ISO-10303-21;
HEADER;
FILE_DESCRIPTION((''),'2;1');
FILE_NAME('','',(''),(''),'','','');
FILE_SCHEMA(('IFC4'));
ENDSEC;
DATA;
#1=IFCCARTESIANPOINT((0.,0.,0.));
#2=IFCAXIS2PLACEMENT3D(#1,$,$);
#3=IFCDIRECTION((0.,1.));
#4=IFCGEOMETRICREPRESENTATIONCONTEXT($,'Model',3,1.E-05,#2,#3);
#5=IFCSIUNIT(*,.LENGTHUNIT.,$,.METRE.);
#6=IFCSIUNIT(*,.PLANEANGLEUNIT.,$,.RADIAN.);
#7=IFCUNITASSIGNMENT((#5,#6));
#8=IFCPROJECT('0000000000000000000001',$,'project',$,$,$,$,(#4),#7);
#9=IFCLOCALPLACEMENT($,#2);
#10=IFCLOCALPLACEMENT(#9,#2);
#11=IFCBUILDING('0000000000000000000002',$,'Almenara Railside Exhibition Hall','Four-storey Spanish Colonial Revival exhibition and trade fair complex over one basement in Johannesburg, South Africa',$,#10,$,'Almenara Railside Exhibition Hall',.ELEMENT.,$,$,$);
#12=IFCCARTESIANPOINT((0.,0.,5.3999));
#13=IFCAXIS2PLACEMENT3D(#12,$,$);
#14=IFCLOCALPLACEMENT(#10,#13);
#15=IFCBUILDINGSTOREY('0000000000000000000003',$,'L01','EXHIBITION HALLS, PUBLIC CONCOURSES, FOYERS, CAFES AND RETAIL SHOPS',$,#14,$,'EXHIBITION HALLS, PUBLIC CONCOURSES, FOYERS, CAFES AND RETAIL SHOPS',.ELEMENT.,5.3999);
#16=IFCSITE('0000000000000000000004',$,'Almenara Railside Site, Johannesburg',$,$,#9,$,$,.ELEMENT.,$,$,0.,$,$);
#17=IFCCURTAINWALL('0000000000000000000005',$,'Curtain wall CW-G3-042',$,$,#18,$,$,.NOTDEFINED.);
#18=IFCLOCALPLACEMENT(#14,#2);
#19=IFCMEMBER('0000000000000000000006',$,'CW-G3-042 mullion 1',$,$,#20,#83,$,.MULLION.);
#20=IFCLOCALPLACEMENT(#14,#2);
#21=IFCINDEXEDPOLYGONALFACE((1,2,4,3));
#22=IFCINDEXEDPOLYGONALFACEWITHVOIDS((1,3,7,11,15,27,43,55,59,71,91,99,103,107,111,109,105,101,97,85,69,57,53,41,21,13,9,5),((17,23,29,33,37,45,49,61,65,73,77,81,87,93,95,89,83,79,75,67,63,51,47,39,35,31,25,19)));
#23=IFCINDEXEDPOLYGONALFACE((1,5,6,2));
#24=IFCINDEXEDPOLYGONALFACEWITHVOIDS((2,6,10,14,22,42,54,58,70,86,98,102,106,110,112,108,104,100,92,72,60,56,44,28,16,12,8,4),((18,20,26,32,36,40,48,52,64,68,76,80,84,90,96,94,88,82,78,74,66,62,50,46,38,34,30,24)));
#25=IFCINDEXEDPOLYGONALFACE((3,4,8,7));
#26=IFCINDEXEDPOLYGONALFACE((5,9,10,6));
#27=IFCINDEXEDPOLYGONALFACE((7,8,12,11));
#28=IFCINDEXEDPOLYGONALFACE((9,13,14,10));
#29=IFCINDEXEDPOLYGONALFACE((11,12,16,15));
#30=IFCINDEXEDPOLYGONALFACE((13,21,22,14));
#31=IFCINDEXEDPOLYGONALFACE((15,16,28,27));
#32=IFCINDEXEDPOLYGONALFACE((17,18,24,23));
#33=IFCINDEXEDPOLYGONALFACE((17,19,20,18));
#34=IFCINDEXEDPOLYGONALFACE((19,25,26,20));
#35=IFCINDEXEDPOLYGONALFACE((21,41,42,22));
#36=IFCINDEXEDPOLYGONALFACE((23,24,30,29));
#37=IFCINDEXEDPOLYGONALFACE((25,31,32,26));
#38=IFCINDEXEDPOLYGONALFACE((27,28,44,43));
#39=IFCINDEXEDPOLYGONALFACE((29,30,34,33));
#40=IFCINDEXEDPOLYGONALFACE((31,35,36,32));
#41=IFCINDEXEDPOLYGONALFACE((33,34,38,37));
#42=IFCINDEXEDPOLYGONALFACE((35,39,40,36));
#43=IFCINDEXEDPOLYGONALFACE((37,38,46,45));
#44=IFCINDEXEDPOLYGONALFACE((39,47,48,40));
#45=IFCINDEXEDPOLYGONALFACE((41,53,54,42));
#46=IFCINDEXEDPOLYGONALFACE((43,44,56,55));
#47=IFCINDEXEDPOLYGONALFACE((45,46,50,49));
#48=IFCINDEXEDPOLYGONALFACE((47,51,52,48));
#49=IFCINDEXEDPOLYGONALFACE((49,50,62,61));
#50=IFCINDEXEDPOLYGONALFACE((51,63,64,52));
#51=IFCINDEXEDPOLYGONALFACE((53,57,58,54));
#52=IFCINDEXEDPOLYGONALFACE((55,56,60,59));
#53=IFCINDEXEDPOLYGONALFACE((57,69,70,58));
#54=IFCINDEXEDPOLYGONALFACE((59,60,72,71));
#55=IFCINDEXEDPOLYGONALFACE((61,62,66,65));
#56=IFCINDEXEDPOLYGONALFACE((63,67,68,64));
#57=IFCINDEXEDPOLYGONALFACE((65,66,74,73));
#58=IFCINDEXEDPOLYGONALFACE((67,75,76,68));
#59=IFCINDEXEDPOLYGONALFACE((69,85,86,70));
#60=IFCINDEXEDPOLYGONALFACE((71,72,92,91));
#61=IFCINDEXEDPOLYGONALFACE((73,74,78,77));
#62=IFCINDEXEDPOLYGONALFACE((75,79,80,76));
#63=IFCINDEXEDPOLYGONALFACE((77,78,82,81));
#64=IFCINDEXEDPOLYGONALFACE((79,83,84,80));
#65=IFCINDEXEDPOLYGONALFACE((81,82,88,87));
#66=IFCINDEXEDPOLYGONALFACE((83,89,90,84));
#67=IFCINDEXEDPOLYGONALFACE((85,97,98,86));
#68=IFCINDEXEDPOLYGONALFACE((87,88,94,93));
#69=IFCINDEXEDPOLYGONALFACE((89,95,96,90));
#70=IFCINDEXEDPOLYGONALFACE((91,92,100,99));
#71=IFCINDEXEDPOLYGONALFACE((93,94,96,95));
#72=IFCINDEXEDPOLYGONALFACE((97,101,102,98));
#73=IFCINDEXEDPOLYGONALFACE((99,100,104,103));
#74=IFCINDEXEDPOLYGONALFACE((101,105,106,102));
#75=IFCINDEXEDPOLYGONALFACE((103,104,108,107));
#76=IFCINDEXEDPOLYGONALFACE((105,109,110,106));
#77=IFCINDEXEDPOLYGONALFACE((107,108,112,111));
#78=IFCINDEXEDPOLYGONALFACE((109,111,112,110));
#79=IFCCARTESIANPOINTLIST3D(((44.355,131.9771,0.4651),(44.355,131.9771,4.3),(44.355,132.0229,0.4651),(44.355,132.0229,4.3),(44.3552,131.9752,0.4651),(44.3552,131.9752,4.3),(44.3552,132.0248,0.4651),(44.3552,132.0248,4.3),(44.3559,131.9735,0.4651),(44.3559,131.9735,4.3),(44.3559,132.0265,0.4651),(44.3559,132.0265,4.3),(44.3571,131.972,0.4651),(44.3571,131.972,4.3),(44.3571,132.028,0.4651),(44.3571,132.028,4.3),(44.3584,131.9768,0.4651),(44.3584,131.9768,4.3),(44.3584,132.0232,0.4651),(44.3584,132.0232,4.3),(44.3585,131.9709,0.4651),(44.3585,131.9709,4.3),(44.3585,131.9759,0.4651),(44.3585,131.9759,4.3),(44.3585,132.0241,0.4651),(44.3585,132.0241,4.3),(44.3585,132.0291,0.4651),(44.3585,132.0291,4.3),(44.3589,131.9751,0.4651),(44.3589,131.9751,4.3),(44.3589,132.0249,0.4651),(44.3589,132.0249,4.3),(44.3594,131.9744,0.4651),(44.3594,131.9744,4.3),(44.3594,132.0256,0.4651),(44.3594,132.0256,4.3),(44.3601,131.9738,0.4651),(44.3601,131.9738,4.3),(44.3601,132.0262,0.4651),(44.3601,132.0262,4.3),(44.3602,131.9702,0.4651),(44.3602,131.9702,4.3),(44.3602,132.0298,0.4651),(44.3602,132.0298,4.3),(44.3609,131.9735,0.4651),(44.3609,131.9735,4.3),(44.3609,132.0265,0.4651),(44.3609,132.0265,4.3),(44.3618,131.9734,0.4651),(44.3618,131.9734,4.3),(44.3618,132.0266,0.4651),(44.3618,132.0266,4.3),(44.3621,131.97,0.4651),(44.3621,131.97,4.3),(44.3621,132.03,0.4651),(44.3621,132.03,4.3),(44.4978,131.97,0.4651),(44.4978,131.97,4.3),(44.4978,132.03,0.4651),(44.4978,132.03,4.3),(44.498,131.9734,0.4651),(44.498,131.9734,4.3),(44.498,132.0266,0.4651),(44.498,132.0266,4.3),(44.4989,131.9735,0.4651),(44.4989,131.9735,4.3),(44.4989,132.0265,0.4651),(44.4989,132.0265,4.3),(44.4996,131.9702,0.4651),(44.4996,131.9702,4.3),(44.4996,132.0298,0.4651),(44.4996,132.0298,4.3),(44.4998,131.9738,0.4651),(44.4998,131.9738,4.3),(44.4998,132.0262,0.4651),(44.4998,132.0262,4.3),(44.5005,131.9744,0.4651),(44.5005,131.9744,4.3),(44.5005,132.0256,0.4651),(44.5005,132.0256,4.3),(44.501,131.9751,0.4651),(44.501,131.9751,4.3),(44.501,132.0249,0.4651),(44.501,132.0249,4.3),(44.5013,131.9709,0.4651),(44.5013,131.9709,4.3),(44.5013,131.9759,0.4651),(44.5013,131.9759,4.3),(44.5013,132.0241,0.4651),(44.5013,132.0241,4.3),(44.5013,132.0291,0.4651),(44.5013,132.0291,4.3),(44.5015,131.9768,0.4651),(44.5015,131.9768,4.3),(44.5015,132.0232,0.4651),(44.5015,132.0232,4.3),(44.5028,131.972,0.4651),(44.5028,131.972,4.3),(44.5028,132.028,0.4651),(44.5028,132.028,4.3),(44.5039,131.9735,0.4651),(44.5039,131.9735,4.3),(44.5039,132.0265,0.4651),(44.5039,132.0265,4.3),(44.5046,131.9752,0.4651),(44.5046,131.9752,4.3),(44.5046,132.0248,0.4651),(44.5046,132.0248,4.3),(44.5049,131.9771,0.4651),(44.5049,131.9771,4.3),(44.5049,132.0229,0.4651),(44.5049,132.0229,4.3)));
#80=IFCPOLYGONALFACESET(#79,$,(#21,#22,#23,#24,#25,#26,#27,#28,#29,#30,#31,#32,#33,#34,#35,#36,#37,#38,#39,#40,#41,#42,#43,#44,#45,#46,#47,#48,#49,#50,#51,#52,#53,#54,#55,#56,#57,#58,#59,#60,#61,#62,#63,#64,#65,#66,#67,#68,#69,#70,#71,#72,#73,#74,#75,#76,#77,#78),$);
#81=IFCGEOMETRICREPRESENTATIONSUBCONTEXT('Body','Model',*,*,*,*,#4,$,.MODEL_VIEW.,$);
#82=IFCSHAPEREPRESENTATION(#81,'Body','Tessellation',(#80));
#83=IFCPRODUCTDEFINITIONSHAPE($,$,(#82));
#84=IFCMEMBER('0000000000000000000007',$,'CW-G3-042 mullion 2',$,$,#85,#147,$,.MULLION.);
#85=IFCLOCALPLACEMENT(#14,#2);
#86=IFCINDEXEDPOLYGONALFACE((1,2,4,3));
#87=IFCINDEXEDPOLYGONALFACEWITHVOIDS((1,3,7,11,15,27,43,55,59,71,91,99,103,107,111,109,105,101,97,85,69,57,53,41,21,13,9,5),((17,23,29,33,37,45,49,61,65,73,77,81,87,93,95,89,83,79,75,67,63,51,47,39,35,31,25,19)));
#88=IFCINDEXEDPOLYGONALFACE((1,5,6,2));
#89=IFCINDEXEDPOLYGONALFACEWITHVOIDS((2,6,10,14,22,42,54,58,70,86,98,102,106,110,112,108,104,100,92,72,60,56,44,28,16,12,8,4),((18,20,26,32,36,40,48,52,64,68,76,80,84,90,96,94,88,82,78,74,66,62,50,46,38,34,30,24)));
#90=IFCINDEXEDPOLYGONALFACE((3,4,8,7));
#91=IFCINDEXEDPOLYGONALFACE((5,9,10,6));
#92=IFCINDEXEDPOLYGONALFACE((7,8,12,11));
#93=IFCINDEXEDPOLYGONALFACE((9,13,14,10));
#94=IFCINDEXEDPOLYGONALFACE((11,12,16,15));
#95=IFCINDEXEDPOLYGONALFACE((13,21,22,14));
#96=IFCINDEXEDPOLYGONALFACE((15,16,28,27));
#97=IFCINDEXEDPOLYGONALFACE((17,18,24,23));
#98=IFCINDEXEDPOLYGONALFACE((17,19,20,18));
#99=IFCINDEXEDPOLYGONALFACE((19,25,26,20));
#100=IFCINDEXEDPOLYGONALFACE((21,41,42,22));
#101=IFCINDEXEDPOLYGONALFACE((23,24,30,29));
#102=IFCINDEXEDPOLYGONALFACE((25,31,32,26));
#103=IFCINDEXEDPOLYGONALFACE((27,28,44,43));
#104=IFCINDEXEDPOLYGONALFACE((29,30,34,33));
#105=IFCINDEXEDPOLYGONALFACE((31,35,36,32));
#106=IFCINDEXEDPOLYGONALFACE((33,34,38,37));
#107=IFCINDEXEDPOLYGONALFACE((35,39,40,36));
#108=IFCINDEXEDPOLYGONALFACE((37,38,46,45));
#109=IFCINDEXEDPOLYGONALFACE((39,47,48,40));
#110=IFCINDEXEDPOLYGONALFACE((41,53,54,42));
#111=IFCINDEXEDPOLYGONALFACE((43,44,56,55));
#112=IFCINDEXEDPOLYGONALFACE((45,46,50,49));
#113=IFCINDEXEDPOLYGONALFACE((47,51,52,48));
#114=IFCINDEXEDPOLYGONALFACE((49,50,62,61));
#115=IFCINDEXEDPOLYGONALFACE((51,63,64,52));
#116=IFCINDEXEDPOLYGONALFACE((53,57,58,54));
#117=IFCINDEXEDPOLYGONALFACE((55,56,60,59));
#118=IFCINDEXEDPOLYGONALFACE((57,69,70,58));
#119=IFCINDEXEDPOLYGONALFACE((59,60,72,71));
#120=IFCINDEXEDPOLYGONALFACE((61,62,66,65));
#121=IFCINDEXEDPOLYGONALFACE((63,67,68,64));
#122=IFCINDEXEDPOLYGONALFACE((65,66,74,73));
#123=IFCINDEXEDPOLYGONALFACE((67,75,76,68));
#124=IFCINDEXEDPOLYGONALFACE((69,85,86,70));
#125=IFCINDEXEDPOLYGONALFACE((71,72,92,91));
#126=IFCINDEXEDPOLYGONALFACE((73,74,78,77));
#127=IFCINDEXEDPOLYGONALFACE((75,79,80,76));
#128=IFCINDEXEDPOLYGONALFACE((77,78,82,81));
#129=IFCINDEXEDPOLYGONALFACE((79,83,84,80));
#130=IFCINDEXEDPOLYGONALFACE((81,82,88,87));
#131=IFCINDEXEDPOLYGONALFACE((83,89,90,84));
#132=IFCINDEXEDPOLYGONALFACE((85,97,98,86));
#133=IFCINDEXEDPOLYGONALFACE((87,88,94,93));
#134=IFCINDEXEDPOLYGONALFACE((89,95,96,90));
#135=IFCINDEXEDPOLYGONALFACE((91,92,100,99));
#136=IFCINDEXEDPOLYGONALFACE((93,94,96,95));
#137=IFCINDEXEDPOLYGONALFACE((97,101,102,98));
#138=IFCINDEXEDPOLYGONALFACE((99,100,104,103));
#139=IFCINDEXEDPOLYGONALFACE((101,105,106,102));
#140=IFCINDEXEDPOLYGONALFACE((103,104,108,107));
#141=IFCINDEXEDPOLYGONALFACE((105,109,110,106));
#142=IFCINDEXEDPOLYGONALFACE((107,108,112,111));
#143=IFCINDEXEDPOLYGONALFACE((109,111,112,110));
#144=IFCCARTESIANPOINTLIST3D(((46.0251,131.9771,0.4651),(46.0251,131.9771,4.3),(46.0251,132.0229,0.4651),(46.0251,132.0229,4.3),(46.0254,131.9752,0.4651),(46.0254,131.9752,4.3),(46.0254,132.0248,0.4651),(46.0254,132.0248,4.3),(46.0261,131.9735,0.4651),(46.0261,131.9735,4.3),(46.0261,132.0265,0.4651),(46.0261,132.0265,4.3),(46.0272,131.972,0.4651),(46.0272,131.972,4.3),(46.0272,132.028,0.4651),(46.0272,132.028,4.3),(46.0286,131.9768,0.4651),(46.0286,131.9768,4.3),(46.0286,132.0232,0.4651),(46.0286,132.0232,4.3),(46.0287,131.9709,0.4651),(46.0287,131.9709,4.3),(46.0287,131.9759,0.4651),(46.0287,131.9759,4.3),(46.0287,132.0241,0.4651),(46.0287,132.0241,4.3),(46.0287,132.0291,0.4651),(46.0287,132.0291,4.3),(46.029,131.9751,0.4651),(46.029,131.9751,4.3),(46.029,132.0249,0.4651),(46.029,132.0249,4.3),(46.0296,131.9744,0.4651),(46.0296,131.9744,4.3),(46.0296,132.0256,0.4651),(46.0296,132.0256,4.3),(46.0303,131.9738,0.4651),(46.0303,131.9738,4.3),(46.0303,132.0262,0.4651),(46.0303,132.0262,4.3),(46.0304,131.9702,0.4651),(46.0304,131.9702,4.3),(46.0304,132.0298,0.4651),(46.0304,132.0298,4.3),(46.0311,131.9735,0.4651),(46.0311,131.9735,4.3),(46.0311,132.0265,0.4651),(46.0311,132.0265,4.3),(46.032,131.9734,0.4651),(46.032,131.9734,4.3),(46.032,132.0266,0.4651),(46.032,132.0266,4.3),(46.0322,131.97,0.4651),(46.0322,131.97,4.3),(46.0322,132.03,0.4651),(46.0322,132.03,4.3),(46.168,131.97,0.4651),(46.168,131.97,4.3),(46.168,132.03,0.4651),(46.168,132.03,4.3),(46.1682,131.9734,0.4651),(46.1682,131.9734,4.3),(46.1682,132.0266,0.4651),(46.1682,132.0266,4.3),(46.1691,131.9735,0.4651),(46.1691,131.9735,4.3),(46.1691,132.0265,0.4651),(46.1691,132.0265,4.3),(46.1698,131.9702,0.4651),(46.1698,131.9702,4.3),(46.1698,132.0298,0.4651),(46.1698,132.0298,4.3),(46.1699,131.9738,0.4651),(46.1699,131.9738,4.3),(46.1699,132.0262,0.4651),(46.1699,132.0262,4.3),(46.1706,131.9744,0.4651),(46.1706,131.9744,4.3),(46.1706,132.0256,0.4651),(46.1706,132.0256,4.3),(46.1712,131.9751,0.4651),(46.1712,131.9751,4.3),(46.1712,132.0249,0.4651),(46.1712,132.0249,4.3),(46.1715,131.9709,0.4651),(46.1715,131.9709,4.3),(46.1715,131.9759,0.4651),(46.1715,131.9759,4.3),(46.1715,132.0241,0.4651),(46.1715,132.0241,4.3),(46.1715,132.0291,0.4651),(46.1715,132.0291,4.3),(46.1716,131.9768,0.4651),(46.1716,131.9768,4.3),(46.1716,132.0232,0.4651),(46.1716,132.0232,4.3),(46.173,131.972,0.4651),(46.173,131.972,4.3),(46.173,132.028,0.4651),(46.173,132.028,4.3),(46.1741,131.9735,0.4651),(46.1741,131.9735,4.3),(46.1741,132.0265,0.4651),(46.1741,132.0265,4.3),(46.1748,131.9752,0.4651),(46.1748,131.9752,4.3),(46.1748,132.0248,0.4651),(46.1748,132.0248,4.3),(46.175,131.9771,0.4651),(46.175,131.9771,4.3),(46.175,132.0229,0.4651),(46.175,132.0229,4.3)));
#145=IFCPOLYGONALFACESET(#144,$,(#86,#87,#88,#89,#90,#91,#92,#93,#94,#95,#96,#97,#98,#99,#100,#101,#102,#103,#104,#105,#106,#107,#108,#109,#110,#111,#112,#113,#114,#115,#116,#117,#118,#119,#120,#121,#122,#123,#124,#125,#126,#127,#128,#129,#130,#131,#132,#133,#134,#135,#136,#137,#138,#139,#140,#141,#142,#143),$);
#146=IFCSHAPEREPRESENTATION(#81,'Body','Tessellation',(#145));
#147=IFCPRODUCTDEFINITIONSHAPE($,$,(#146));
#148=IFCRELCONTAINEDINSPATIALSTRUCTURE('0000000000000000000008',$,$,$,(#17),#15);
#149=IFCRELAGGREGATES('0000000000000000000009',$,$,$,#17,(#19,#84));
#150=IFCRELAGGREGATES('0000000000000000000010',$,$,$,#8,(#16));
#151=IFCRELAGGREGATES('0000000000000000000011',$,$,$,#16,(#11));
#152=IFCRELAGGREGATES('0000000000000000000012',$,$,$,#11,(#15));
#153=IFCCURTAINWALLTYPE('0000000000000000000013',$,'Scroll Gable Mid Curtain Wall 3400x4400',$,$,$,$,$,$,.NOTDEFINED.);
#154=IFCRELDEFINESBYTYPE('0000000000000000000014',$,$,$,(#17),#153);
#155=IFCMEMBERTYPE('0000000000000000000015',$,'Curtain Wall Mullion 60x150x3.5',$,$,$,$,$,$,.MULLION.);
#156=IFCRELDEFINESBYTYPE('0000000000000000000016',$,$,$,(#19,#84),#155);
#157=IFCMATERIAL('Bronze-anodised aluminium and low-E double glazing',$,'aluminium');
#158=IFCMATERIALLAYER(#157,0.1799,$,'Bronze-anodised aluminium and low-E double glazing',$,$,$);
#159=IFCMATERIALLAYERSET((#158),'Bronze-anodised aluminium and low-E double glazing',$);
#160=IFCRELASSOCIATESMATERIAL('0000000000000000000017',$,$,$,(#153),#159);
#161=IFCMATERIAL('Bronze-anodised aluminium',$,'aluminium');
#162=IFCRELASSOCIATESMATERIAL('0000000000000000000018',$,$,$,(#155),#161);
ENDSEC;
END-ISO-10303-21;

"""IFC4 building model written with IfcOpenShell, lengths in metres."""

from ifc_helpers import new_model, si_unit, direction, frame, origin, origin_2d, place, context, subcontext, project, spatial, hollow_rectangle, extrude, material, layer, layer_set, material_profile, profile_set, type_object, element, aggregate, save


model = new_model("IFC4")

# Units and contexts
model_context = context("Model", 3, precision=1e-05, world=origin(), true_north=direction((0.0, 1.0)))
body_context = subcontext(model_context, "Body", "Model", "MODEL_VIEW")
ifc_project = project(units=[si_unit("LENGTHUNIT", "METRE"), si_unit("PLANEANGLEUNIT", "RADIAN")], contexts=[model_context])

# Site, building, storey
site_placement = place(None, origin())
site = spatial("IfcSite", under=ifc_project, at=site_placement, Name="Almenara Railside Site, Johannesburg", CompositionType="ELEMENT", RefElevation=0.0)
building_placement = place(site_placement, origin())
building = spatial("IfcBuilding", under=site, at=building_placement, Name="Almenara Railside Exhibition Hall", Description="Four-storey Spanish Colonial Revival exhibition and trade fair complex over one basement in Johannesburg, South Africa", LongName="Almenara Railside Exhibition Hall", CompositionType="ELEMENT")
storey_placement = place(building_placement, frame((0.0, 0.0, 5.3999)))
storey = spatial("IfcBuildingStorey", under=building, at=storey_placement, Name="L01", Description="EXHIBITION HALLS, PUBLIC CONCOURSES, FOYERS, CAFES AND RETAIL SHOPS", LongName="EXHIBITION HALLS, PUBLIC CONCOURSES, FOYERS, CAFES AND RETAIL SHOPS", CompositionType="ELEMENT", Elevation=5.3999)

# Curtain wall, members
ifc_material_1 = material(Name="Bronze-anodised aluminium and low-E double glazing", Category="aluminium")
ifc_layer_1 = layer(ifc_material_1, 0.1799, Name="Bronze-anodised aluminium and low-E double glazing")
ifc_layer_set_1 = layer_set([ifc_layer_1], Name="Bronze-anodised aluminium and low-E double glazing")
curtain_wall_type = type_object("IfcCurtainWallType", Name="Scroll Gable Mid Curtain Wall 3400x4400", PredefinedType="NOTDEFINED", material=ifc_layer_set_1)
curtain_wall_1_placement = place(storey_placement, origin())
curtain_wall_1 = element("IfcCurtainWall", 1, at=curtain_wall_1_placement, inside=storey, type_object=curtain_wall_type, Name="Curtain wall CW-G3-042", PredefinedType="NOTDEFINED")
ifc_material_2 = material(Name="Bronze-anodised aluminium", Category="aluminium")
ifc_material_profile_1 = material_profile(ifc_material_2, hollow_rectangle(XDim=0.0601, YDim=0.1499, WallThickness=0.0034, InnerFilletRadius=0.0034, OuterFilletRadius=0.0071, at=origin_2d()), Name="ALU-MUL 60x150x3.5")
ifc_profile_set_1 = profile_set([ifc_material_profile_1], Name="Bronze-anodised aluminium")
member_type_1 = type_object("IfcMemberType", Name="Curtain Wall Mullion 60x150x3.5", PredefinedType="MULLION", material=ifc_profile_set_1)
member_1_placement = place(storey_placement, frame((44.4299, 132.0, 0.4651), z_axis=(0.0, 0.0, 1.0), x_axis=(0.0, 1.0, 0.0)))
member_1 = element("IfcMember", 2, at=member_1_placement, type_object=member_type_1, Name="CW-G3-042 mullion 1", PredefinedType="MULLION", context=body_context, shape_type="SweptSolid", body=[
    extrude(hollow_rectangle(XDim=0.0601, YDim=0.1499, WallThickness=0.0034, InnerFilletRadius=0.0034, OuterFilletRadius=0.0071, at=origin_2d()), origin(), (0.0, 0.0, 1.0), 3.835),
])
member_2_placement = place(storey_placement, frame((46.1001, 132.0, 0.4651), z_axis=(0.0, 0.0, 1.0), x_axis=(0.0, 1.0, 0.0)))
member_2 = element("IfcMember", 3, at=member_2_placement, type_object=member_type_1, Name="CW-G3-042 mullion 2", PredefinedType="MULLION", context=body_context, shape_type="SweptSolid", body=[
    extrude(hollow_rectangle(XDim=0.0601, YDim=0.1499, WallThickness=0.0034, InnerFilletRadius=0.0034, OuterFilletRadius=0.0071, at=origin_2d()), origin(), (0.0, 0.0, 1.0), 3.835),
])

aggregate(curtain_wall_1, [member_1, member_2])

save(model, "model.ifc")
